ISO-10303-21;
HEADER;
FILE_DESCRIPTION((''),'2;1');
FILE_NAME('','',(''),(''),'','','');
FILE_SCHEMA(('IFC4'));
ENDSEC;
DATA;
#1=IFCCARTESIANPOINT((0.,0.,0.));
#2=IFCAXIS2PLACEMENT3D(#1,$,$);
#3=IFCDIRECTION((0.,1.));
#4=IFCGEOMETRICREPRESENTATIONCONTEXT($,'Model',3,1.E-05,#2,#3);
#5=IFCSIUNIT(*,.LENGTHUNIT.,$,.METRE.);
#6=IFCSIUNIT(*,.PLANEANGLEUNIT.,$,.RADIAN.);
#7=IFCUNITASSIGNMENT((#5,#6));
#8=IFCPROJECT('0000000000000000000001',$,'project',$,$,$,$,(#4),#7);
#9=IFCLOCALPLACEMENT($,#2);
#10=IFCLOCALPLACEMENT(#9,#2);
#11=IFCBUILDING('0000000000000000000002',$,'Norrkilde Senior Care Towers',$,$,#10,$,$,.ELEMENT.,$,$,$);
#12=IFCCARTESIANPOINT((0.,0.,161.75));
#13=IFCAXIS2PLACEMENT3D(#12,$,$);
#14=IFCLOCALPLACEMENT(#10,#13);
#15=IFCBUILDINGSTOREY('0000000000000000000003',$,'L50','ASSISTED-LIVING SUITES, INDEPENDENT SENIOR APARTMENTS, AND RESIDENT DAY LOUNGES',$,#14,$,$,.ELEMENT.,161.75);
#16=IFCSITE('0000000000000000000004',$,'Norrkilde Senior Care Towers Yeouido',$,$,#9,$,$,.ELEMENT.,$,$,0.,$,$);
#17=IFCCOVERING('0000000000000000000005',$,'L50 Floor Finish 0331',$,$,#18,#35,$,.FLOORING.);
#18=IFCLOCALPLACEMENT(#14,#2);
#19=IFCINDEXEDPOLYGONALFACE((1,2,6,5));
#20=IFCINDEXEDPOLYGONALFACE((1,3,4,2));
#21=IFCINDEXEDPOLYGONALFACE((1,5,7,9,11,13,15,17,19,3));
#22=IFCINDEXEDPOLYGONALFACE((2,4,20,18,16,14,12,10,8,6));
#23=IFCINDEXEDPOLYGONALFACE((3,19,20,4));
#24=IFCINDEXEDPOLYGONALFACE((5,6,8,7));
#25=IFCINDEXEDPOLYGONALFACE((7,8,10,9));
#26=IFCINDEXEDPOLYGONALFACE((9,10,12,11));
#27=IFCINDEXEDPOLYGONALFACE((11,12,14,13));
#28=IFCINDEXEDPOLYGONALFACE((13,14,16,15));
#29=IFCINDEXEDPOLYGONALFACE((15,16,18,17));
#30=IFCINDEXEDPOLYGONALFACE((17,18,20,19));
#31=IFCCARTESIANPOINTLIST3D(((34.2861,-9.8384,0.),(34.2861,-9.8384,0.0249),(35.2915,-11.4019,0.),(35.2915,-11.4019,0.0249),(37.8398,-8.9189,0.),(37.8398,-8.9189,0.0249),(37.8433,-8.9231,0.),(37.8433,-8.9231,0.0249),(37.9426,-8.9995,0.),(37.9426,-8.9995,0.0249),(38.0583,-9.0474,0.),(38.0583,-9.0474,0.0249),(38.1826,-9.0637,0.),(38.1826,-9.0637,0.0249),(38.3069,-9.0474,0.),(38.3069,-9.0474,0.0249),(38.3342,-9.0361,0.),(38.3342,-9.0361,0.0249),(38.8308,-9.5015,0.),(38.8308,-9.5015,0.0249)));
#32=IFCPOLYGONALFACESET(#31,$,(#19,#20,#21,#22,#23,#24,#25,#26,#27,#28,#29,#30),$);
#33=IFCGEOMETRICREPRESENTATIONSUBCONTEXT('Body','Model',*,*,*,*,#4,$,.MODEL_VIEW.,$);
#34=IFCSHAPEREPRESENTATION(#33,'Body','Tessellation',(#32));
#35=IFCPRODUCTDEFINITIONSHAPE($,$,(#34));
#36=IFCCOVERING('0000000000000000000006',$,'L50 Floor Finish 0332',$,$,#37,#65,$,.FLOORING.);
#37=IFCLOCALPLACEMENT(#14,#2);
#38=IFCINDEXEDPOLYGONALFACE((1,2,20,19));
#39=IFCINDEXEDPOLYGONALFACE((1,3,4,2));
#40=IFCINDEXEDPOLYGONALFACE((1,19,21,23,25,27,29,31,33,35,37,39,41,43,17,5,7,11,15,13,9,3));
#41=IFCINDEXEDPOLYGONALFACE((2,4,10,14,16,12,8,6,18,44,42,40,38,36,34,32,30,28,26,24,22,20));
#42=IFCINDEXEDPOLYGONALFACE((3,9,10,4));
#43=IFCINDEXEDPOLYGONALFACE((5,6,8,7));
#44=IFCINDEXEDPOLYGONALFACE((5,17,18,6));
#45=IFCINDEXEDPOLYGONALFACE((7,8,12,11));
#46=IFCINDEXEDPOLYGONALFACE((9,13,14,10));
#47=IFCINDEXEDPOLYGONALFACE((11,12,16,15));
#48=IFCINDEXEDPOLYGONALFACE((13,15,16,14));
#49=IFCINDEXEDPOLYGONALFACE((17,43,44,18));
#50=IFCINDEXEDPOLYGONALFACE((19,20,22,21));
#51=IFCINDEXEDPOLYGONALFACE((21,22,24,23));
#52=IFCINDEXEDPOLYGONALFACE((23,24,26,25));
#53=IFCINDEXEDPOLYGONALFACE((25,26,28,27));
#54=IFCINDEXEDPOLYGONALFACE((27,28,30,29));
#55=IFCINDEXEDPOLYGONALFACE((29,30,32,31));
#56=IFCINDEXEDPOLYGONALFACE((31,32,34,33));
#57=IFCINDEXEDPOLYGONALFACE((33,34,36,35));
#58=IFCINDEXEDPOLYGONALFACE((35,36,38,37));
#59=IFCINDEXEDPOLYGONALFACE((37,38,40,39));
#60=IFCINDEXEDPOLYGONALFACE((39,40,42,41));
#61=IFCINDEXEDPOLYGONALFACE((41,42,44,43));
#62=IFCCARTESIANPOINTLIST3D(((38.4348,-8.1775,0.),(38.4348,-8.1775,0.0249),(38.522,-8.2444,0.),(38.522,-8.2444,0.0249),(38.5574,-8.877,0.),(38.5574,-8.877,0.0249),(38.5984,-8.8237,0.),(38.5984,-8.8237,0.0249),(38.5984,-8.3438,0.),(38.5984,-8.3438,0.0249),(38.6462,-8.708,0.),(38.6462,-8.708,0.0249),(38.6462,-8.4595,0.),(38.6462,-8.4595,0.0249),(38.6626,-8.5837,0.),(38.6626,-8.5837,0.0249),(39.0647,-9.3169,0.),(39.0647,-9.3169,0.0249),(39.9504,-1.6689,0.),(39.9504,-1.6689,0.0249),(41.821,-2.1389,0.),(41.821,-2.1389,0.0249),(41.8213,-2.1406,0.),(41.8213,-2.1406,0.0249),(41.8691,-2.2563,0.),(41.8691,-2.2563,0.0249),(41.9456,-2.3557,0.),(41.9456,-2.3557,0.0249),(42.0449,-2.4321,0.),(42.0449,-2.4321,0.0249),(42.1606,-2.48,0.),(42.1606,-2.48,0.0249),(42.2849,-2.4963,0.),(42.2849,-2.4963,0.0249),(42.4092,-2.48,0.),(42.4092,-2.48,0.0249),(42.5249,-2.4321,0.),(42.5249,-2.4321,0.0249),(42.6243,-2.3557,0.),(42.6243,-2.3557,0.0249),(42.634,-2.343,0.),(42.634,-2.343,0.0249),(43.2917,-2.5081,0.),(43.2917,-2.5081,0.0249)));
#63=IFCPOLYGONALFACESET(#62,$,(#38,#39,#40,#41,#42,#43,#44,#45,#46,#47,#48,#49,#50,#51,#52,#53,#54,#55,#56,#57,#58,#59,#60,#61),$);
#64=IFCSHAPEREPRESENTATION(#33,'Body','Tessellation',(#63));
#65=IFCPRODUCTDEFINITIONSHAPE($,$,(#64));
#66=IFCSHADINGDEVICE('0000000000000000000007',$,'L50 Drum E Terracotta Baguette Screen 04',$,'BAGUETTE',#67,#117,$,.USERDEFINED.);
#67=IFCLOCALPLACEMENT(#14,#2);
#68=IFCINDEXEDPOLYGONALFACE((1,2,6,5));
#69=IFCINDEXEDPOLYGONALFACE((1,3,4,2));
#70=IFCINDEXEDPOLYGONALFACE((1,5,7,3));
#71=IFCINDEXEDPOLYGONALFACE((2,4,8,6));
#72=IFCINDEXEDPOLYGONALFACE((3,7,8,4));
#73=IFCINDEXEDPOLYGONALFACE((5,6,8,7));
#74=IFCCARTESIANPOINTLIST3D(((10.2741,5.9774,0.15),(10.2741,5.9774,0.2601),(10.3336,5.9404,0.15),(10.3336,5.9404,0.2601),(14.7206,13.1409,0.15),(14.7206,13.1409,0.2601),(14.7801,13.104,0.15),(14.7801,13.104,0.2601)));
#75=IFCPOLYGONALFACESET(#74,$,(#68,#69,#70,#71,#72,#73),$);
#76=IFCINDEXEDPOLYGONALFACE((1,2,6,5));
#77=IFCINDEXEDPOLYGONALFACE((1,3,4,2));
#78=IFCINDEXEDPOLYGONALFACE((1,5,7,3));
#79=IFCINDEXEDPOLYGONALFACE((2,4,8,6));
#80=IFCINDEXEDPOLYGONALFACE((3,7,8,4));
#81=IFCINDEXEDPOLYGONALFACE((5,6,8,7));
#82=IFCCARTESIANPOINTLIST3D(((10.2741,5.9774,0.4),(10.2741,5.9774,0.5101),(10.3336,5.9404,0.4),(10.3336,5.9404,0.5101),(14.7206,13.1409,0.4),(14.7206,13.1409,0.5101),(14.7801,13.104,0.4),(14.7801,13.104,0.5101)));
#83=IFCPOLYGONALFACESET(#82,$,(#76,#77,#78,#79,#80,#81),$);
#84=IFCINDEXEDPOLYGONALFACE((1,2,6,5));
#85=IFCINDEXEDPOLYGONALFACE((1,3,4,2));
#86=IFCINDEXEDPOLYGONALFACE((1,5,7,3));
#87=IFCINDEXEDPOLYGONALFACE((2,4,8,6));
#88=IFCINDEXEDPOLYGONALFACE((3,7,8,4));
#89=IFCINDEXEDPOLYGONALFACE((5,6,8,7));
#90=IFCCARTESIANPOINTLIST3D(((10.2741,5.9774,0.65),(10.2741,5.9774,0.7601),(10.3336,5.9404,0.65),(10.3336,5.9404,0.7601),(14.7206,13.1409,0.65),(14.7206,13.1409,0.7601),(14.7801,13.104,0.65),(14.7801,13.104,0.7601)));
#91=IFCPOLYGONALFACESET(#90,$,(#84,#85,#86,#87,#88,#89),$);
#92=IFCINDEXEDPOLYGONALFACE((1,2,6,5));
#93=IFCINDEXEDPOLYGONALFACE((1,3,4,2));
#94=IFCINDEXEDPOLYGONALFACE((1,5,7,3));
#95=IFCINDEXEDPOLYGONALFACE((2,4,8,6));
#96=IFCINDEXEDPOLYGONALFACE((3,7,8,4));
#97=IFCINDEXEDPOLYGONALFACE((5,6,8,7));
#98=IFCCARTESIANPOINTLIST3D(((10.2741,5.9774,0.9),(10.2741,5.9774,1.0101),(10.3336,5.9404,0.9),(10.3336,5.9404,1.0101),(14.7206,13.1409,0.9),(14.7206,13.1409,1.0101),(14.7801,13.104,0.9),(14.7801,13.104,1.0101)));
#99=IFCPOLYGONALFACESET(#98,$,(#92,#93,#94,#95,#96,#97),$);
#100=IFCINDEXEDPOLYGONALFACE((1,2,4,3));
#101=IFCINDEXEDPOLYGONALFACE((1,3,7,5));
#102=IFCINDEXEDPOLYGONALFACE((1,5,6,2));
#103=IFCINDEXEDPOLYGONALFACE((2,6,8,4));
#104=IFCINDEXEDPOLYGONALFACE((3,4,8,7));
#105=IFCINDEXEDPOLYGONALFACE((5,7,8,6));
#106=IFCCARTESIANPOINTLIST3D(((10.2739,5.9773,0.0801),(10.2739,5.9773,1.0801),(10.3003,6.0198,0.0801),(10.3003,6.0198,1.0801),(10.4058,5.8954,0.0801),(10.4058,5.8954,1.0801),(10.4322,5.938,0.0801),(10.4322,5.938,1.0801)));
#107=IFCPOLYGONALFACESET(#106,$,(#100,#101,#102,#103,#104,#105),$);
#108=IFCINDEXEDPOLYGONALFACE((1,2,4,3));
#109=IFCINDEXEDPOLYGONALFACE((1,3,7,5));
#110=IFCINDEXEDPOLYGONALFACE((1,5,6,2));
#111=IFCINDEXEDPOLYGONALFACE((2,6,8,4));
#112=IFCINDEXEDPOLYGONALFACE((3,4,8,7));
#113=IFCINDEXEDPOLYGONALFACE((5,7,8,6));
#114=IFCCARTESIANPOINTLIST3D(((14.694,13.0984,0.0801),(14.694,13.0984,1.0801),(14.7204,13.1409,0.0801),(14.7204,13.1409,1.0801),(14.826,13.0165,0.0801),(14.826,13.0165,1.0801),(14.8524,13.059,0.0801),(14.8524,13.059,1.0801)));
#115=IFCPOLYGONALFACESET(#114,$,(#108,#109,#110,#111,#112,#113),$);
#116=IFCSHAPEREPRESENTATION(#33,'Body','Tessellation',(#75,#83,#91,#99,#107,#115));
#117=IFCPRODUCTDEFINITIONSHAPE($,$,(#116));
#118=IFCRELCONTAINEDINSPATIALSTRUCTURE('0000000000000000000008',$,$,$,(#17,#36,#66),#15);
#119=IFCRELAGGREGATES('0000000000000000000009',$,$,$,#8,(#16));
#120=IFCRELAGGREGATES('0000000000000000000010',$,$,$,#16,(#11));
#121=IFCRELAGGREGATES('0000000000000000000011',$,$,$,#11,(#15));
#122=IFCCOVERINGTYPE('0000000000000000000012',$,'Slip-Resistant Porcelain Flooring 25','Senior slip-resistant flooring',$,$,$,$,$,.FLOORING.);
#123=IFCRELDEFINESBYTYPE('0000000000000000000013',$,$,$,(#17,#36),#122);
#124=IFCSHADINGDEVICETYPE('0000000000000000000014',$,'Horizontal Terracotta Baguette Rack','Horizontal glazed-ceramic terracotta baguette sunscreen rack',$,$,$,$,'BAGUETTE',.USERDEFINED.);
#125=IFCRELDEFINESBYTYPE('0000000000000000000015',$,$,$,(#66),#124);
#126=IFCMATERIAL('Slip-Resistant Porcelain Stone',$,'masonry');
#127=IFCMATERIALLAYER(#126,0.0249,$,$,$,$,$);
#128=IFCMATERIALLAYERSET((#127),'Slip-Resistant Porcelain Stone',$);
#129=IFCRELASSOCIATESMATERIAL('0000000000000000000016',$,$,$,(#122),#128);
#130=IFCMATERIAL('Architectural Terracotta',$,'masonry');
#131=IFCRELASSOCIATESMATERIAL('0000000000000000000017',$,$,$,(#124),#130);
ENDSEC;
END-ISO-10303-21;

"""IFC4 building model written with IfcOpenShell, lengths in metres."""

from ifc_helpers import new_model, si_unit, direction, frame, origin, origin_2d, place, context, subcontext, project, spatial, polyline, rectangle, outline, extrude, source, transform, mapped, material, layer, layer_set, type_object, type_shapes, element, save


model = new_model("IFC4")

# Units and contexts
model_context = context("Model", 3, precision=1e-05, world=origin(), true_north=direction((0.0, 1.0)))
body_context = subcontext(model_context, "Body", "Model", "MODEL_VIEW")
ifc_project = project(units=[si_unit("LENGTHUNIT", "METRE"), si_unit("PLANEANGLEUNIT", "RADIAN")], contexts=[model_context])

# Site, building, storey
site_placement = place(None, origin())
site = spatial("IfcSite", under=ifc_project, at=site_placement, Name="Norrkilde Senior Care Towers Yeouido", CompositionType="ELEMENT", RefElevation=0.0)
building_placement = place(site_placement, origin())
building = spatial("IfcBuilding", under=site, at=building_placement, Name="Norrkilde Senior Care Towers", CompositionType="ELEMENT")
storey_placement = place(building_placement, frame((0.0, 0.0, 161.75)))
storey = spatial("IfcBuildingStorey", under=building, at=storey_placement, Name="L50", Description="ASSISTED-LIVING SUITES, INDEPENDENT SENIOR APARTMENTS, AND RESIDENT DAY LOUNGES", CompositionType="ELEMENT", Elevation=161.75)

# Coverings
ifc_material_1 = material(Name="Slip-Resistant Porcelain Stone", Category="masonry")
ifc_layer_1 = layer(ifc_material_1, 0.0249)
ifc_layer_set_1 = layer_set([ifc_layer_1], Name="Slip-Resistant Porcelain Stone")
covering_type_1 = type_object("IfcCoveringType", Name="Slip-Resistant Porcelain Flooring 25", Description="Senior slip-resistant flooring", PredefinedType="FLOORING", material=ifc_layer_set_1)
covering_1_placement = place(storey_placement, origin())
element("IfcCovering", 1, at=covering_1_placement, inside=storey, type_object=covering_type_1, Name="L50 Floor Finish 0331", PredefinedType="FLOORING", context=body_context, shape_type="SweptSolid", body=[
    extrude(outline(polyline([(38.8308, -9.5015), (35.2915, -11.4019), (34.2861, -9.8384), (37.8398, -8.9189), (37.8433, -8.9231), (37.9426, -8.9995), (38.0583, -9.0474), (38.1826, -9.0637), (38.3069, -9.0474), (38.3342, -9.0361), (38.8308, -9.5015)])), origin(), (0.0, 0.0, 1.0), 0.0249),
])
covering_2_placement = place(storey_placement, origin())
element("IfcCovering", 2, at=covering_2_placement, inside=storey, type_object=covering_type_1, Name="L50 Floor Finish 0332", PredefinedType="FLOORING", context=body_context, shape_type="SweptSolid", body=[
    extrude(outline(polyline([(39.0647, -9.3169), (38.5574, -8.877), (38.5984, -8.8237), (38.6462, -8.708), (38.6626, -8.5837), (38.6462, -8.4595), (38.5984, -8.3438), (38.522, -8.2444), (38.4348, -8.1775), (39.9504, -1.6689), (41.821, -2.1389), (41.8213, -2.1406), (41.8691, -2.2563), (41.9456, -2.3557), (42.0449, -2.4321), (42.1606, -2.48), (42.2849, -2.4963), (42.4092, -2.48), (42.5249, -2.4321), (42.6243, -2.3557), (42.634, -2.343), (43.2917, -2.5081), (39.0647, -9.3169)])), origin(), (0.0, 0.0, 1.0), 0.0249),
])

# Shading device
ifc_material_2 = material(Name="Architectural Terracotta", Category="masonry")
shading_device_type = type_object("IfcShadingDeviceType", Name="Horizontal Terracotta Baguette Rack", Description="Horizontal glazed-ceramic terracotta baguette sunscreen rack", ElementType="BAGUETTE", PredefinedType="USERDEFINED", material=ifc_material_2)
shared_shape_1 = source(origin(), body_context, "Body", "SweptSolid", [
    extrude(rectangle(XDim=0.0701, YDim=0.1101, at=origin_2d()), frame((0.0, 0.0901, 0.125), z_axis=(1.0, 0.0, 0.0), x_axis=(0.0, 1.0, 0.0)), (0.0, 0.0, 1.0), 8.4314),
    extrude(rectangle(XDim=0.0701, YDim=0.1101, at=origin_2d()), frame((0.0, 0.0901, 0.375), z_axis=(1.0, 0.0, 0.0), x_axis=(0.0, 1.0, 0.0)), (0.0, 0.0, 1.0), 8.4314),
    extrude(rectangle(XDim=0.0701, YDim=0.1101, at=origin_2d()), frame((0.0, 0.0901, 0.625), z_axis=(1.0, 0.0, 0.0), x_axis=(0.0, 1.0, 0.0)), (0.0, 0.0, 1.0), 8.4314),
    extrude(rectangle(XDim=0.0701, YDim=0.1101, at=origin_2d()), frame((0.0, 0.0901, 0.875), z_axis=(1.0, 0.0, 0.0), x_axis=(0.0, 1.0, 0.0)), (0.0, 0.0, 1.0), 8.4314),
    extrude(rectangle(XDim=0.05, YDim=0.1553, at=origin_2d()), frame((0.0249, 0.0476, 0.0)), (0.0, 0.0, 1.0), 1.0),
    extrude(rectangle(XDim=0.05, YDim=0.1553, at=origin_2d()), frame((8.4062, 0.0476, 0.0)), (0.0, 0.0, 1.0), 1.0),
])
type_shapes(shading_device_type, [shared_shape_1])
shading_device_placement = place(storey_placement, frame((10.3804, 5.9114, 0.0801), z_axis=(0.0, 0.0, 1.0), x_axis=(0.527378, 0.849631, 0.0)))
element("IfcShadingDevice", 3, at=shading_device_placement, inside=storey, type_object=shading_device_type, Name="L50 Drum E Terracotta Baguette Screen 04", ObjectType="BAGUETTE", PredefinedType="USERDEFINED", context=body_context, shape_type="MappedRepresentation", body=[
    mapped(shared_shape_1, transform((0.0, 0.0, 0.0), x_axis=(1.0, 0.0, 0.0), y_axis=(0.0, 1.0, 0.0), z_axis=(0.0, 0.0, 1.0), scale=1.0)),
])

save(model, "model.ifc")
